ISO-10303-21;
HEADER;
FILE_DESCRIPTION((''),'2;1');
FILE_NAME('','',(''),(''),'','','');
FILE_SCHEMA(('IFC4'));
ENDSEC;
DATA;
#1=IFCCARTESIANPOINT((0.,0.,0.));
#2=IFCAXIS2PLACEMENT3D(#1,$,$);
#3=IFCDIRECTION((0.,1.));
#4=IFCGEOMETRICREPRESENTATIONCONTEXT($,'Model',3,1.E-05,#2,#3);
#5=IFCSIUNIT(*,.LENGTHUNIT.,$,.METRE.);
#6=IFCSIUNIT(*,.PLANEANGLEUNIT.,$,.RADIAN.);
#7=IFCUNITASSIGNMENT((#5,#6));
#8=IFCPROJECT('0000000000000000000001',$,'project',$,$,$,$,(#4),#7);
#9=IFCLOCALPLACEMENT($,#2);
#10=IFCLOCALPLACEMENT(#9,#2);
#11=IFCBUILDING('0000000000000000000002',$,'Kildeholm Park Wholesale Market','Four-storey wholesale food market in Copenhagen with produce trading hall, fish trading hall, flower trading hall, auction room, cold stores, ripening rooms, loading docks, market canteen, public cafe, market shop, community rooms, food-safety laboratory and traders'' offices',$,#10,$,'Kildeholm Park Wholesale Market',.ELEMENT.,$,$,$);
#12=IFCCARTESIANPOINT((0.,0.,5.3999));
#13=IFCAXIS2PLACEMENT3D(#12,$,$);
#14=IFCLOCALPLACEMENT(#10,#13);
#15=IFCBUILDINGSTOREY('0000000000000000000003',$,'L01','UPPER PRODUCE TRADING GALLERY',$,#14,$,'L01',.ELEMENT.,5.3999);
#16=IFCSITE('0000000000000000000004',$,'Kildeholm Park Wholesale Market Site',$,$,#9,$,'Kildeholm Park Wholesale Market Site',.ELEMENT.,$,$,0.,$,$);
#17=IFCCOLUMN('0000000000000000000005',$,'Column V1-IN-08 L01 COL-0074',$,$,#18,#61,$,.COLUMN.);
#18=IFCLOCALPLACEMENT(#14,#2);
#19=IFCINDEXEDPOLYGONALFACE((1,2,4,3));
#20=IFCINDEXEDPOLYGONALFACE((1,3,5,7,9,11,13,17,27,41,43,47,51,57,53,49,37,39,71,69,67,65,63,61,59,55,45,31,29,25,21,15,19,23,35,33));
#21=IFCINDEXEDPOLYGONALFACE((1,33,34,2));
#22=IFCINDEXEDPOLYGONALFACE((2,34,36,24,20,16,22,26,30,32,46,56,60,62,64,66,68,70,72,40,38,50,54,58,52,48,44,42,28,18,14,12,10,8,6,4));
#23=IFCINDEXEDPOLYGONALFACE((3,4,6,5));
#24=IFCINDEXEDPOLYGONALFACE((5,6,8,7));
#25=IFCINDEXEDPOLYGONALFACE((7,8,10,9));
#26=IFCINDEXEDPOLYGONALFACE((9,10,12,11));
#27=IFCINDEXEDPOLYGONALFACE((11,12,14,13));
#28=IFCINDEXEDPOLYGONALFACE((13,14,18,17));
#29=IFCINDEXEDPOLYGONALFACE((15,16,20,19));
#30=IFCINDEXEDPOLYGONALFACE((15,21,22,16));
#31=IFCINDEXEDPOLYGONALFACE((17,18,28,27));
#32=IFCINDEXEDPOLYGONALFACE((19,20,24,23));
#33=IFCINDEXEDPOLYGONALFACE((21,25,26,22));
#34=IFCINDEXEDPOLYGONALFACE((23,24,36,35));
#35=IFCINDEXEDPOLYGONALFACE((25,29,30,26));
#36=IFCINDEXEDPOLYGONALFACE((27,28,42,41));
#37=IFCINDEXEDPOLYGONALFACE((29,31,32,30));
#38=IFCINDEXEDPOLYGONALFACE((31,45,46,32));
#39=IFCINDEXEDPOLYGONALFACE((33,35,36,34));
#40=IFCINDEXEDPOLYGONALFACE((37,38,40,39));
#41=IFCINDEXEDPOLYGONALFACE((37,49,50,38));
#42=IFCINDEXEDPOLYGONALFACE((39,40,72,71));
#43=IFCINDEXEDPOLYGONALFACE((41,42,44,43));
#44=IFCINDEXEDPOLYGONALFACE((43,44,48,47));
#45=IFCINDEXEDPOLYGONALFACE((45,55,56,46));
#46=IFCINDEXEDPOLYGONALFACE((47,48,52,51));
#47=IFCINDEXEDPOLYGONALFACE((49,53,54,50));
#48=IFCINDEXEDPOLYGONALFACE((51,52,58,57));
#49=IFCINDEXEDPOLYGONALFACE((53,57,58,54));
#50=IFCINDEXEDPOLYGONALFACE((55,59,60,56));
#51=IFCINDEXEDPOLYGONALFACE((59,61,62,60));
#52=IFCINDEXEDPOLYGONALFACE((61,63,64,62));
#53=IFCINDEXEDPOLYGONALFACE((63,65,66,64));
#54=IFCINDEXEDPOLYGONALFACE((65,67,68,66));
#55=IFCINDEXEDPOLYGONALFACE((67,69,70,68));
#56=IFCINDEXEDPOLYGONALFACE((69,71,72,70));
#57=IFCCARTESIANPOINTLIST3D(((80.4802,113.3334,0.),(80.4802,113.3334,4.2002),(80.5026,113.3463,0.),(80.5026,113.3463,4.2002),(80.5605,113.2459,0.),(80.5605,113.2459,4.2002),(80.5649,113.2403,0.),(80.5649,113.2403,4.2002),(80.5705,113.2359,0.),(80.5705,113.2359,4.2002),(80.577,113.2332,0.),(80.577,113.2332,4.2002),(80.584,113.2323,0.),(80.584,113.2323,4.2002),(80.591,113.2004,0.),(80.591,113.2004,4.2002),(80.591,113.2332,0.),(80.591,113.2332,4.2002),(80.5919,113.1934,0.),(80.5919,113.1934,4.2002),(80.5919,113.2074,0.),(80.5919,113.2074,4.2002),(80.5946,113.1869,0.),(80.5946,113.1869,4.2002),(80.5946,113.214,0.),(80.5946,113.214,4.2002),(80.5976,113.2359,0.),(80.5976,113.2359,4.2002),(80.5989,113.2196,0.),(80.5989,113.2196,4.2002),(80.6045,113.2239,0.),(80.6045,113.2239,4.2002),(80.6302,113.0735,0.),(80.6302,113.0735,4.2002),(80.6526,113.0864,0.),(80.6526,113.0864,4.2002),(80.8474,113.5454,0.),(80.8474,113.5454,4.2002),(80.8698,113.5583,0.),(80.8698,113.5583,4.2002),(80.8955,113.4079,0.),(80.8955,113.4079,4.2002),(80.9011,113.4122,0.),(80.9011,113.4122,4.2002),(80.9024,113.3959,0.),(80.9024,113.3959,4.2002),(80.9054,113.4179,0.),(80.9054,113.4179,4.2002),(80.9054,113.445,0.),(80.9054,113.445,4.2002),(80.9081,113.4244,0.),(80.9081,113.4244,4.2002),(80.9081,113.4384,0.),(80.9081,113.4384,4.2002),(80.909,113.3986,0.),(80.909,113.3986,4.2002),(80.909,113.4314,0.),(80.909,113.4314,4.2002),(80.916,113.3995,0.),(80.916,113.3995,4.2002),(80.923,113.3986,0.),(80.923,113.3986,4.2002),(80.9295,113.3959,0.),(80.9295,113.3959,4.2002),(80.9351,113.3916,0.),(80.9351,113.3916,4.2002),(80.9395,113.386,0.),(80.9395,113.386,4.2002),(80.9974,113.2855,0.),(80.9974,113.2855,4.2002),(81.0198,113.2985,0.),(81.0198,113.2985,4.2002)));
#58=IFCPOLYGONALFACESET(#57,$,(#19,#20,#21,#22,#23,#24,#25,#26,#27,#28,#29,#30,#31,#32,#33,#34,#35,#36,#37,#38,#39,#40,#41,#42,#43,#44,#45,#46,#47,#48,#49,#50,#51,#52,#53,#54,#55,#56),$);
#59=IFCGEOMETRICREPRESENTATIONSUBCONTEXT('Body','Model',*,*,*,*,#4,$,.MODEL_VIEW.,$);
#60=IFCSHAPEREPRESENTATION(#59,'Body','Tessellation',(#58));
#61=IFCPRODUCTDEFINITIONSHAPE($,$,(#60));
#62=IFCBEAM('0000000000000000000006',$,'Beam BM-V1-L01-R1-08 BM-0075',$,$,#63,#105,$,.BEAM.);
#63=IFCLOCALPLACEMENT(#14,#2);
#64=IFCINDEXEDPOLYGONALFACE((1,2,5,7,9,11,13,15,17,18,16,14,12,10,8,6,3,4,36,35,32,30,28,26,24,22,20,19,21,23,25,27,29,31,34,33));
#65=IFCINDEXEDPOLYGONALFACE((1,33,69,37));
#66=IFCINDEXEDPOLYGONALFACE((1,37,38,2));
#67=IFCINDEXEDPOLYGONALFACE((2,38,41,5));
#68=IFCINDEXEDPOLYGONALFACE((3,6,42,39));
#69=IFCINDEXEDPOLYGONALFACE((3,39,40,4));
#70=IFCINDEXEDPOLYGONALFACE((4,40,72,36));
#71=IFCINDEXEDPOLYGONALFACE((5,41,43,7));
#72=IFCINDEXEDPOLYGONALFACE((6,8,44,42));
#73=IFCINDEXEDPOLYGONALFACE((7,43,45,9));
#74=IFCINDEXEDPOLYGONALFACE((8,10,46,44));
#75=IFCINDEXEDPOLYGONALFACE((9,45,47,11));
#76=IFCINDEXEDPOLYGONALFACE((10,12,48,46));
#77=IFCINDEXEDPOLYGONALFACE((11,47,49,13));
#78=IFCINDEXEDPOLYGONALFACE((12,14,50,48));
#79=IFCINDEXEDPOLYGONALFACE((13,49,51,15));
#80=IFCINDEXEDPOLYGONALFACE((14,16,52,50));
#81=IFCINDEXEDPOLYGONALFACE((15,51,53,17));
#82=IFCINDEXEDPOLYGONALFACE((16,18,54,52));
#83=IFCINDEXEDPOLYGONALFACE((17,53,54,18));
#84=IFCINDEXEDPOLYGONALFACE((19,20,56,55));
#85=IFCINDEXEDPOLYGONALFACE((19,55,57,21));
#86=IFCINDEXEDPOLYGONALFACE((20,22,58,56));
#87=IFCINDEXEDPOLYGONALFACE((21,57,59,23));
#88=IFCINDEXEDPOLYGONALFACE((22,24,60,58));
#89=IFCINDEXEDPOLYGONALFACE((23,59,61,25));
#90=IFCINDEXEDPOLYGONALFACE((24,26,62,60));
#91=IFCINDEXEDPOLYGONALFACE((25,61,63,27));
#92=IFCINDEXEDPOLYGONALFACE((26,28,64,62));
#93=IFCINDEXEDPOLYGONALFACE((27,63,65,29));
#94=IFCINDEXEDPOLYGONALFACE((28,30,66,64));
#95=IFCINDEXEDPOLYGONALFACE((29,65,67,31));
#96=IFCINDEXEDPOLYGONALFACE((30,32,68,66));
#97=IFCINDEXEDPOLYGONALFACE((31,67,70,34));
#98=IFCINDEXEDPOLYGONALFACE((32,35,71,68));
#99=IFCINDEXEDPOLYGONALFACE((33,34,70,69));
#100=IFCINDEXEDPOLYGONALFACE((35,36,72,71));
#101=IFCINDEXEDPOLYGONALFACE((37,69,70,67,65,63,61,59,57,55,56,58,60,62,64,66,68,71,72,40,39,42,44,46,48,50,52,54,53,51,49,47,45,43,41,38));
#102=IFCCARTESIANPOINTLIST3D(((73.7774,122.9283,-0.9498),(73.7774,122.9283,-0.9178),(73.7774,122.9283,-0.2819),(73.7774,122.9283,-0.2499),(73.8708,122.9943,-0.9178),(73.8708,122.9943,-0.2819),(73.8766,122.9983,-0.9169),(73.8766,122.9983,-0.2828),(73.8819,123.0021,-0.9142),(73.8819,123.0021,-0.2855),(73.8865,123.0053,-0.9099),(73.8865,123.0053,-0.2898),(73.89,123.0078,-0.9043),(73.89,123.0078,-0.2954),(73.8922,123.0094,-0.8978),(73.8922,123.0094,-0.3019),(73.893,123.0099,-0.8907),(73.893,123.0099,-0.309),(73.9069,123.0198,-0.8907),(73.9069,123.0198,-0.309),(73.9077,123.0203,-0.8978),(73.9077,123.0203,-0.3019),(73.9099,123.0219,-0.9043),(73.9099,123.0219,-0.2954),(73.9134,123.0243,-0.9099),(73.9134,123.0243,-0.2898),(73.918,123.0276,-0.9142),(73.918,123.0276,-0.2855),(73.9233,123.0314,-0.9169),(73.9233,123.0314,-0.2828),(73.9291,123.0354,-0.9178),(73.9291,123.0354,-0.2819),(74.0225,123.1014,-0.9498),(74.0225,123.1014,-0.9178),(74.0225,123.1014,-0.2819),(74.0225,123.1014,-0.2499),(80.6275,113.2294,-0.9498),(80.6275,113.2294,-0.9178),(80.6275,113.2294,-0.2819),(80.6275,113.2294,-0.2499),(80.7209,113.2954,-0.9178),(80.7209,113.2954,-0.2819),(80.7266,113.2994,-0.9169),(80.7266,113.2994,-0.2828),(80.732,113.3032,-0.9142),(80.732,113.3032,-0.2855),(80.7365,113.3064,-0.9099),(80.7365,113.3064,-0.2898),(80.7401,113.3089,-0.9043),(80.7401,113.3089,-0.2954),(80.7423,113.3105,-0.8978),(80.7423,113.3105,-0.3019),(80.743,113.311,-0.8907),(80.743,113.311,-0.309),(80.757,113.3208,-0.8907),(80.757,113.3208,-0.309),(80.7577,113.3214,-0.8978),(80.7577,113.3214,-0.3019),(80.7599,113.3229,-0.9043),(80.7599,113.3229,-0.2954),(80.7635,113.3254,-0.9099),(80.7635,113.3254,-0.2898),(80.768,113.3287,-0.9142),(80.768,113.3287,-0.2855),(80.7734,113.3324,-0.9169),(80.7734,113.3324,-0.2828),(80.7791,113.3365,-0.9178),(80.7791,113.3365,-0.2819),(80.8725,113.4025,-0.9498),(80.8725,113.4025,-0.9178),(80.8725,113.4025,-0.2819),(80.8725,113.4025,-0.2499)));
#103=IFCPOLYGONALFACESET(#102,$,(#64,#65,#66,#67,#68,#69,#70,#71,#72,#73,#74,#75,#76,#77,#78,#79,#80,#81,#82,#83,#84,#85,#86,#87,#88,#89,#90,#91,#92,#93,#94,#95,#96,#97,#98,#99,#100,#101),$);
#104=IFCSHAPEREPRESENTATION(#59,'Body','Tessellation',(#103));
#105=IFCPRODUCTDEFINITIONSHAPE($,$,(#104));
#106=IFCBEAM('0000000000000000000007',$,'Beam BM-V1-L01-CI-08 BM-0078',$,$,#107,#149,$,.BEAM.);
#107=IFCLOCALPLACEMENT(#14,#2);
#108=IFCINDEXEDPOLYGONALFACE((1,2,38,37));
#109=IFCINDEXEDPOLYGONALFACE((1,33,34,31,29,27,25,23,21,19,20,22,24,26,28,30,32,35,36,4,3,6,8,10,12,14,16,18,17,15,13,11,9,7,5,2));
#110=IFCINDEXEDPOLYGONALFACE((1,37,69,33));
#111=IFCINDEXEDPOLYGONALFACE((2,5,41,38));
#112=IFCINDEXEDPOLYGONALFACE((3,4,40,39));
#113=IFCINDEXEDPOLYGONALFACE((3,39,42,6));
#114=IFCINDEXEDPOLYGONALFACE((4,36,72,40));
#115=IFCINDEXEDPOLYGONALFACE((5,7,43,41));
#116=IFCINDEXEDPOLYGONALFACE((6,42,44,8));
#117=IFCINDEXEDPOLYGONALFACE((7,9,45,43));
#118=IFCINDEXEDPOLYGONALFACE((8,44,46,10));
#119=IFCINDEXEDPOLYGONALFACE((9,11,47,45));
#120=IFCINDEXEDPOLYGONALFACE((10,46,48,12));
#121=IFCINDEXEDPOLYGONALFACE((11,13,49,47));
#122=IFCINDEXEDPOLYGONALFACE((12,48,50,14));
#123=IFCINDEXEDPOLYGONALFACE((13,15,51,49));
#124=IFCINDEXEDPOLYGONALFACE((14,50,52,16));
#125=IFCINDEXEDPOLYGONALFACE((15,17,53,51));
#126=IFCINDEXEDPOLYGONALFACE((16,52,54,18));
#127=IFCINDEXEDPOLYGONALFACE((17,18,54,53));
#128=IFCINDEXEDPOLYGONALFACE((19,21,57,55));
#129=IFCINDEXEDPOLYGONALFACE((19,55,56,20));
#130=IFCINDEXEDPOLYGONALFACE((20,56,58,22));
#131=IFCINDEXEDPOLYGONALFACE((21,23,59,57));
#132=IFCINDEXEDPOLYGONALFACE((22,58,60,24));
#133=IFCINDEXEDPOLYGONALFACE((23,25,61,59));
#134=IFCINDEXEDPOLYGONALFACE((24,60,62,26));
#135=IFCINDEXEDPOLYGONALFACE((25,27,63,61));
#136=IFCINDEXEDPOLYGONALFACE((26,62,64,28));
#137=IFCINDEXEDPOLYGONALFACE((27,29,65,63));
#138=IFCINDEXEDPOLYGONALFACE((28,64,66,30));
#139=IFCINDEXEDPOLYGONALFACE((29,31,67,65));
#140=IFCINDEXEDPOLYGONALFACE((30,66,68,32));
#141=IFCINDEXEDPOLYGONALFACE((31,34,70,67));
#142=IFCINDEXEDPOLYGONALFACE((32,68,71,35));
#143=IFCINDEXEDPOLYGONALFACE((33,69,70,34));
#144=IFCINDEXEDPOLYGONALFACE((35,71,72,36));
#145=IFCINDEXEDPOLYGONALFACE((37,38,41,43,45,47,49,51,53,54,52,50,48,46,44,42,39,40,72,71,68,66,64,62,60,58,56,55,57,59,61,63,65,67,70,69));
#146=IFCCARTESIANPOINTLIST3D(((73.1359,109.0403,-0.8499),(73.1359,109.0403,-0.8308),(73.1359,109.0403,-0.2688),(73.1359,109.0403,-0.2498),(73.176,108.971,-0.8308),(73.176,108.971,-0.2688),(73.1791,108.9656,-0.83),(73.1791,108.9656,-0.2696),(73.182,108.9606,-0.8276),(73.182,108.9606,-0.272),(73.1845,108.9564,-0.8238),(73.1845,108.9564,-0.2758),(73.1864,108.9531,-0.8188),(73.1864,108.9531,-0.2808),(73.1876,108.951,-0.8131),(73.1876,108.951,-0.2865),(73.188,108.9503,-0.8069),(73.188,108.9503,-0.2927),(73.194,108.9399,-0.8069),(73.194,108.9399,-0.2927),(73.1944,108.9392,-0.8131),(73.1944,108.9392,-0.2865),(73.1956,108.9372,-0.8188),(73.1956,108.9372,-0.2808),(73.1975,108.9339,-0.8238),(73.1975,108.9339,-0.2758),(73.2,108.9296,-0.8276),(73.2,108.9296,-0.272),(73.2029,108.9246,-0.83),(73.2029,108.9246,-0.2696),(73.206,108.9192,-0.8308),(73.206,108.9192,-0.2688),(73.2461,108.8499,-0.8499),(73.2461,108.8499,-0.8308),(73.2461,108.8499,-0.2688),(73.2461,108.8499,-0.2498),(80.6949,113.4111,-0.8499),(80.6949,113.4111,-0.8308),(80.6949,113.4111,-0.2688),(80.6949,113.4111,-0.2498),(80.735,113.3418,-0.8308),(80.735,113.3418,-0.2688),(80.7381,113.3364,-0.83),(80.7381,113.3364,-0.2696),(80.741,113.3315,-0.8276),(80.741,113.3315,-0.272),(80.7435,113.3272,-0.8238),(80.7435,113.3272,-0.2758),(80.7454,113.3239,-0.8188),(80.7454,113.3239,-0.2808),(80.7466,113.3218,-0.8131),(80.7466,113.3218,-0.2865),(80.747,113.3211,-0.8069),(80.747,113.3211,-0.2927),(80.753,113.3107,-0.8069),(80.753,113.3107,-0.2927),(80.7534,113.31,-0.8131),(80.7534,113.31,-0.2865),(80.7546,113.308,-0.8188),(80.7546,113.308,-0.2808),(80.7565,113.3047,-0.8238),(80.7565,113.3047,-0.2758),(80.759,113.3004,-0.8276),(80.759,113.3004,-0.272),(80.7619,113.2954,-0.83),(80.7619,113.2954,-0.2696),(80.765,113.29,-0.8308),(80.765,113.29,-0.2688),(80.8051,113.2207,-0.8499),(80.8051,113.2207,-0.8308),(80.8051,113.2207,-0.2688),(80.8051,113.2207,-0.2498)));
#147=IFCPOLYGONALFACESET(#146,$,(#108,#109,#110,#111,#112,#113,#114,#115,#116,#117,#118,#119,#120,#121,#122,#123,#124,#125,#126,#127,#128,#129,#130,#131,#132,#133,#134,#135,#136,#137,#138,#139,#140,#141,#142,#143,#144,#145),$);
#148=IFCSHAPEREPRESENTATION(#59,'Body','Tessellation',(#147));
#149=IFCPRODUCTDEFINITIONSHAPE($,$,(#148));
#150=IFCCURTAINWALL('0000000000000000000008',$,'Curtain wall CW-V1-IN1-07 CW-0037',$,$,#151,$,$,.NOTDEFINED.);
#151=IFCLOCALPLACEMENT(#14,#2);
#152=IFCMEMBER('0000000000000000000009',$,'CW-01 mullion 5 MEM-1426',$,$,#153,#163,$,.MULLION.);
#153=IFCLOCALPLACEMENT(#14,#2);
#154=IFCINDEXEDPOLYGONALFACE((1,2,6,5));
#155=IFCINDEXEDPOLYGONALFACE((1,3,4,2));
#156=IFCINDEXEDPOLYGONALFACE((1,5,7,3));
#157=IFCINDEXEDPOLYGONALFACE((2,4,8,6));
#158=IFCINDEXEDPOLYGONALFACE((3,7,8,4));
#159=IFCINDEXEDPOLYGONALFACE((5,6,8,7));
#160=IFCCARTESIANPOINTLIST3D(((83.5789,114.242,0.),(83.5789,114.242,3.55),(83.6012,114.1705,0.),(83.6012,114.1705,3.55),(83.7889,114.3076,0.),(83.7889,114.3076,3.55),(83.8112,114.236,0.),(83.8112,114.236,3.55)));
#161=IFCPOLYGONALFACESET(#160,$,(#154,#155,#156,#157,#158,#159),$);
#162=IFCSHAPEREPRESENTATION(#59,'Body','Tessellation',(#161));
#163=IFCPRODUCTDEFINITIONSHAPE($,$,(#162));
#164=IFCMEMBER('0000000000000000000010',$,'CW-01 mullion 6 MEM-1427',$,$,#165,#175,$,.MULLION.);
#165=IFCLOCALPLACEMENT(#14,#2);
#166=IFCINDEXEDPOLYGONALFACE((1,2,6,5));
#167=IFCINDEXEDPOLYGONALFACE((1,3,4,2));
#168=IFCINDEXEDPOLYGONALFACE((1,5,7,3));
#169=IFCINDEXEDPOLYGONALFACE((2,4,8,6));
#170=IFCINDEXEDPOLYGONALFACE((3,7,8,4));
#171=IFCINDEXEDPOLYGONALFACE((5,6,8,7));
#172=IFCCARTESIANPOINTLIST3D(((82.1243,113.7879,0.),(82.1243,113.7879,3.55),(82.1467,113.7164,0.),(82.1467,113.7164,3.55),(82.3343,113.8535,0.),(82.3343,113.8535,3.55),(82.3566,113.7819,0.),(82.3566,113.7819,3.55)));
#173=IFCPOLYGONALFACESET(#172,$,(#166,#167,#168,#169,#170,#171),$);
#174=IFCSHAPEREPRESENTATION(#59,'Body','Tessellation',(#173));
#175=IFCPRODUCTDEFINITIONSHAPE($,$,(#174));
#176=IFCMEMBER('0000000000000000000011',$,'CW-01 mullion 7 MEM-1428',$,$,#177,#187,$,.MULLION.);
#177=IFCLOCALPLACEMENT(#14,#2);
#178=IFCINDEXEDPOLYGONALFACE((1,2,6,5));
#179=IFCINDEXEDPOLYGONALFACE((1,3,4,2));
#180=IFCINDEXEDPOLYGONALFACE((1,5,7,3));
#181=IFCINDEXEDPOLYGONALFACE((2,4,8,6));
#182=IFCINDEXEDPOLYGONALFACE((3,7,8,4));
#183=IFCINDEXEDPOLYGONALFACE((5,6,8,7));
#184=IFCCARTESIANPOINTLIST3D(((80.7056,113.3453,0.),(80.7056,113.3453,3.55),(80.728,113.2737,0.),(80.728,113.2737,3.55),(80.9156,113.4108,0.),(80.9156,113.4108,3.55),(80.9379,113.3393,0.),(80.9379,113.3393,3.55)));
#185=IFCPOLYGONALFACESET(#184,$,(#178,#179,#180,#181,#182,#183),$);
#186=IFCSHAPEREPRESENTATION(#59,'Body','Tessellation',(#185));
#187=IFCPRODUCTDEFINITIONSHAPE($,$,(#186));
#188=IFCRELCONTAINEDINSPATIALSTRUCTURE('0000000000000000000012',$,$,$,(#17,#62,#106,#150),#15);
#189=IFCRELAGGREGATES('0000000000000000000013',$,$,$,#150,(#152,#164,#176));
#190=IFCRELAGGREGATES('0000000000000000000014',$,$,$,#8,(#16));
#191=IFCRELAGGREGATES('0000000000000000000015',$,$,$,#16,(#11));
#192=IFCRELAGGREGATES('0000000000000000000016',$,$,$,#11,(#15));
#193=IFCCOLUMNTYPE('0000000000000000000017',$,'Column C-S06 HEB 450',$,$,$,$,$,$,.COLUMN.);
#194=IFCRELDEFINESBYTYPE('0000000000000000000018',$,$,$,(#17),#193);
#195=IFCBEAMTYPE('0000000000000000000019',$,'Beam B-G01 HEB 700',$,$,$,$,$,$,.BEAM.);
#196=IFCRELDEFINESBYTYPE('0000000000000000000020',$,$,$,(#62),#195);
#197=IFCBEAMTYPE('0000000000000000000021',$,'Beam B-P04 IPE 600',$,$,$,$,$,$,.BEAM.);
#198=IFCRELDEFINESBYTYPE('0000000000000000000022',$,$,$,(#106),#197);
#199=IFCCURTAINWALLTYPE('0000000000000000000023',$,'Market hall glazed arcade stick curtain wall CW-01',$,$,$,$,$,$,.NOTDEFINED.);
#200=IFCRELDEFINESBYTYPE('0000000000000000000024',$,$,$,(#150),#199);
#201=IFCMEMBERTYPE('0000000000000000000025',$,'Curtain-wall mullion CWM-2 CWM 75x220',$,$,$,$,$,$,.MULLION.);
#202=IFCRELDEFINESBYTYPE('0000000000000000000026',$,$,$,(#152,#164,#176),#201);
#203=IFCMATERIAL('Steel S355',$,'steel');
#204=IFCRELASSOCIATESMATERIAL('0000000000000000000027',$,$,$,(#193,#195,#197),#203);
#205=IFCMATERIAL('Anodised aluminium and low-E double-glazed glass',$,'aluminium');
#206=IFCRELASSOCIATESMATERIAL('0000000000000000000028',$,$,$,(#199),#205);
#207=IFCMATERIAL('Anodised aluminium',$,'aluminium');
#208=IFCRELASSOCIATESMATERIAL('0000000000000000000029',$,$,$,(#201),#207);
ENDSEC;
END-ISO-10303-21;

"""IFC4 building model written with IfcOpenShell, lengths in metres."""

from ifc_helpers import new_model, si_unit, direction, frame, origin, origin_2d, place, context, subcontext, project, spatial, rectangle, i_section, extrude, material, material_profile, profile_set, type_object, element, aggregate, save


model = new_model("IFC4")

# Units and contexts
model_context = context("Model", 3, precision=1e-05, world=origin(), true_north=direction((0.0, 1.0)))
body_context = subcontext(model_context, "Body", "Model", "MODEL_VIEW")
ifc_project = project(units=[si_unit("LENGTHUNIT", "METRE"), si_unit("PLANEANGLEUNIT", "RADIAN")], contexts=[model_context])

# Site, building, storey
site_placement = place(None, origin())
site = spatial("IfcSite", under=ifc_project, at=site_placement, Name="Kildeholm Park Wholesale Market Site", LongName="Kildeholm Park Wholesale Market Site", CompositionType="ELEMENT", RefElevation=0.0)
building_placement = place(site_placement, origin())
building = spatial("IfcBuilding", under=site, at=building_placement, Name="Kildeholm Park Wholesale Market", Description="Four-storey wholesale food market in Copenhagen with produce trading hall, fish trading hall, flower trading hall, auction room, cold stores, ripening rooms, loading docks, market canteen, public cafe, market shop, community rooms, food-safety laboratory and traders' offices", LongName="Kildeholm Park Wholesale Market", CompositionType="ELEMENT")
storey_placement = place(building_placement, frame((0.0, 0.0, 5.3999)))
storey = spatial("IfcBuildingStorey", under=building, at=storey_placement, Name="L01", Description="UPPER PRODUCE TRADING GALLERY", LongName="L01", CompositionType="ELEMENT", Elevation=5.3999)

# Column
ifc_material_1 = material(Name="Steel S355", Category="steel")
ifc_material_profile_1 = material_profile(ifc_material_1, i_section(OverallWidth=0.3, OverallDepth=0.45, WebThickness=0.0139, FlangeThickness=0.0259, FilletRadius=0.0271, at=origin_2d()), Name="HEB 450")
ifc_profile_set_1 = profile_set([ifc_material_profile_1], Name="Steel S355")
column_type = type_object("IfcColumnType", Name="Column C-S06 HEB 450", PredefinedType="COLUMN", material=ifc_profile_set_1)
column_placement = place(storey_placement, frame((80.75, 113.3159, 0.0), z_axis=(0.0, 0.0, 1.0), x_axis=(-0.5, 0.866025, 0.0)))
element("IfcColumn", 1, at=column_placement, inside=storey, type_object=column_type, Name="Column V1-IN-08 L01 COL-0074", PredefinedType="COLUMN", context=body_context, shape_type="SweptSolid", body=[
    extrude(i_section(OverallWidth=0.3, OverallDepth=0.45, WebThickness=0.0139, FlangeThickness=0.0259, FilletRadius=0.0271, at=origin_2d()), origin(), (0.0, 0.0, 1.0), 4.2002),
])

# Beams
ifc_material_profile_2 = material_profile(ifc_material_1, i_section(OverallWidth=0.3, OverallDepth=0.7, WebThickness=0.0171, FlangeThickness=0.032, FilletRadius=0.0271, at=origin_2d()), Name="HEB 700")
ifc_profile_set_2 = profile_set([ifc_material_profile_2], Name="Steel S355")
beam_type_1 = type_object("IfcBeamType", Name="Beam B-G01 HEB 700", PredefinedType="BEAM", material=ifc_profile_set_2)
beam_1_placement = place(storey_placement, frame((80.75, 113.3159, -0.5999), z_axis=(-0.576895, 0.816819, 0.0), x_axis=(-0.816819, -0.576895, 0.0)))
element("IfcBeam", 2, at=beam_1_placement, inside=storey, type_object=beam_type_1, Name="Beam BM-V1-L01-R1-08 BM-0075", PredefinedType="BEAM", context=body_context, shape_type="SweptSolid", body=[
    extrude(i_section(OverallWidth=0.3, OverallDepth=0.7, WebThickness=0.0171, FlangeThickness=0.032, FilletRadius=0.0271, at=origin_2d()), origin(), (0.0, 0.0, 1.0), 11.874),
])
ifc_material_profile_3 = material_profile(ifc_material_1, i_section(OverallWidth=0.22, OverallDepth=0.6001, WebThickness=0.012, FlangeThickness=0.019, FilletRadius=0.0239, at=origin_2d()), Name="IPE 600")
ifc_profile_set_3 = profile_set([ifc_material_profile_3], Name="Steel S355")
beam_type_2 = type_object("IfcBeamType", Name="Beam B-P04 IPE 600", PredefinedType="BEAM", material=ifc_profile_set_3)
beam_2_placement = place(storey_placement, frame((80.75, 113.3159, -0.5498), z_axis=(-0.865697, -0.500568, 0.0), x_axis=(0.500568, -0.865697, 0.0)))
element("IfcBeam", 3, at=beam_2_placement, inside=storey, type_object=beam_type_2, Name="Beam BM-V1-L01-CI-08 BM-0078", PredefinedType="BEAM", context=body_context, shape_type="SweptSolid", body=[
    extrude(i_section(OverallWidth=0.22, OverallDepth=0.6001, WebThickness=0.012, FlangeThickness=0.019, FilletRadius=0.0239, at=origin_2d()), origin(), (0.0, 0.0, 1.0), 8.7317),
])

# Curtain wall, members
ifc_material_2 = material(Name="Anodised aluminium and low-E double-glazed glass", Category="aluminium")
curtain_wall_type = type_object("IfcCurtainWallType", Name="Market hall glazed arcade stick curtain wall CW-01", PredefinedType="NOTDEFINED", material=ifc_material_2)
curtain_wall_1_placement = place(storey_placement, origin())
curtain_wall_1 = element("IfcCurtainWall", 4, at=curtain_wall_1_placement, inside=storey, type_object=curtain_wall_type, Name="Curtain wall CW-V1-IN1-07 CW-0037", PredefinedType="NOTDEFINED")
ifc_material_3 = material(Name="Anodised aluminium", Category="aluminium")
ifc_material_profile_4 = material_profile(ifc_material_3, rectangle(XDim=0.075, YDim=0.22, at=origin_2d()), Name="CWM 75x220")
ifc_profile_set_4 = profile_set([ifc_material_profile_4], Name="Anodised aluminium")
member_type_1 = type_object("IfcMemberType", Name="Curtain-wall mullion CWM-2 CWM 75x220", PredefinedType="MULLION", material=ifc_profile_set_4)
member_1_placement = place(storey_placement, frame((83.6951, 114.239, 0.0), z_axis=(0.0, 0.0, 1.0), x_axis=(0.297957, -0.954579, 0.0)))
member_1 = element("IfcMember", 5, at=member_1_placement, type_object=member_type_1, Name="CW-01 mullion 5 MEM-1426", PredefinedType="MULLION", context=body_context, shape_type="SweptSolid", body=[
    extrude(rectangle(XDim=0.075, YDim=0.22, at=origin_2d()), origin(), (0.0, 0.0, 1.0), 3.55),
])
member_2_placement = place(storey_placement, frame((82.2405, 113.7849, 0.0), z_axis=(0.0, 0.0, 1.0), x_axis=(0.297957, -0.954579, 0.0)))
member_2 = element("IfcMember", 6, at=member_2_placement, type_object=member_type_1, Name="CW-01 mullion 6 MEM-1427", PredefinedType="MULLION", context=body_context, shape_type="SweptSolid", body=[
    extrude(rectangle(XDim=0.075, YDim=0.22, at=origin_2d()), origin(), (0.0, 0.0, 1.0), 3.55),
])
member_3_placement = place(storey_placement, frame((80.8218, 113.3423, 0.0), z_axis=(0.0, 0.0, 1.0), x_axis=(0.297957, -0.954579, 0.0)))
member_3 = element("IfcMember", 7, at=member_3_placement, type_object=member_type_1, Name="CW-01 mullion 7 MEM-1428", PredefinedType="MULLION", context=body_context, shape_type="SweptSolid", body=[
    extrude(rectangle(XDim=0.075, YDim=0.22, at=origin_2d()), origin(), (0.0, 0.0, 1.0), 3.55),
])

aggregate(curtain_wall_1, [member_1, member_2, member_3])

save(model, "model.ifc")
